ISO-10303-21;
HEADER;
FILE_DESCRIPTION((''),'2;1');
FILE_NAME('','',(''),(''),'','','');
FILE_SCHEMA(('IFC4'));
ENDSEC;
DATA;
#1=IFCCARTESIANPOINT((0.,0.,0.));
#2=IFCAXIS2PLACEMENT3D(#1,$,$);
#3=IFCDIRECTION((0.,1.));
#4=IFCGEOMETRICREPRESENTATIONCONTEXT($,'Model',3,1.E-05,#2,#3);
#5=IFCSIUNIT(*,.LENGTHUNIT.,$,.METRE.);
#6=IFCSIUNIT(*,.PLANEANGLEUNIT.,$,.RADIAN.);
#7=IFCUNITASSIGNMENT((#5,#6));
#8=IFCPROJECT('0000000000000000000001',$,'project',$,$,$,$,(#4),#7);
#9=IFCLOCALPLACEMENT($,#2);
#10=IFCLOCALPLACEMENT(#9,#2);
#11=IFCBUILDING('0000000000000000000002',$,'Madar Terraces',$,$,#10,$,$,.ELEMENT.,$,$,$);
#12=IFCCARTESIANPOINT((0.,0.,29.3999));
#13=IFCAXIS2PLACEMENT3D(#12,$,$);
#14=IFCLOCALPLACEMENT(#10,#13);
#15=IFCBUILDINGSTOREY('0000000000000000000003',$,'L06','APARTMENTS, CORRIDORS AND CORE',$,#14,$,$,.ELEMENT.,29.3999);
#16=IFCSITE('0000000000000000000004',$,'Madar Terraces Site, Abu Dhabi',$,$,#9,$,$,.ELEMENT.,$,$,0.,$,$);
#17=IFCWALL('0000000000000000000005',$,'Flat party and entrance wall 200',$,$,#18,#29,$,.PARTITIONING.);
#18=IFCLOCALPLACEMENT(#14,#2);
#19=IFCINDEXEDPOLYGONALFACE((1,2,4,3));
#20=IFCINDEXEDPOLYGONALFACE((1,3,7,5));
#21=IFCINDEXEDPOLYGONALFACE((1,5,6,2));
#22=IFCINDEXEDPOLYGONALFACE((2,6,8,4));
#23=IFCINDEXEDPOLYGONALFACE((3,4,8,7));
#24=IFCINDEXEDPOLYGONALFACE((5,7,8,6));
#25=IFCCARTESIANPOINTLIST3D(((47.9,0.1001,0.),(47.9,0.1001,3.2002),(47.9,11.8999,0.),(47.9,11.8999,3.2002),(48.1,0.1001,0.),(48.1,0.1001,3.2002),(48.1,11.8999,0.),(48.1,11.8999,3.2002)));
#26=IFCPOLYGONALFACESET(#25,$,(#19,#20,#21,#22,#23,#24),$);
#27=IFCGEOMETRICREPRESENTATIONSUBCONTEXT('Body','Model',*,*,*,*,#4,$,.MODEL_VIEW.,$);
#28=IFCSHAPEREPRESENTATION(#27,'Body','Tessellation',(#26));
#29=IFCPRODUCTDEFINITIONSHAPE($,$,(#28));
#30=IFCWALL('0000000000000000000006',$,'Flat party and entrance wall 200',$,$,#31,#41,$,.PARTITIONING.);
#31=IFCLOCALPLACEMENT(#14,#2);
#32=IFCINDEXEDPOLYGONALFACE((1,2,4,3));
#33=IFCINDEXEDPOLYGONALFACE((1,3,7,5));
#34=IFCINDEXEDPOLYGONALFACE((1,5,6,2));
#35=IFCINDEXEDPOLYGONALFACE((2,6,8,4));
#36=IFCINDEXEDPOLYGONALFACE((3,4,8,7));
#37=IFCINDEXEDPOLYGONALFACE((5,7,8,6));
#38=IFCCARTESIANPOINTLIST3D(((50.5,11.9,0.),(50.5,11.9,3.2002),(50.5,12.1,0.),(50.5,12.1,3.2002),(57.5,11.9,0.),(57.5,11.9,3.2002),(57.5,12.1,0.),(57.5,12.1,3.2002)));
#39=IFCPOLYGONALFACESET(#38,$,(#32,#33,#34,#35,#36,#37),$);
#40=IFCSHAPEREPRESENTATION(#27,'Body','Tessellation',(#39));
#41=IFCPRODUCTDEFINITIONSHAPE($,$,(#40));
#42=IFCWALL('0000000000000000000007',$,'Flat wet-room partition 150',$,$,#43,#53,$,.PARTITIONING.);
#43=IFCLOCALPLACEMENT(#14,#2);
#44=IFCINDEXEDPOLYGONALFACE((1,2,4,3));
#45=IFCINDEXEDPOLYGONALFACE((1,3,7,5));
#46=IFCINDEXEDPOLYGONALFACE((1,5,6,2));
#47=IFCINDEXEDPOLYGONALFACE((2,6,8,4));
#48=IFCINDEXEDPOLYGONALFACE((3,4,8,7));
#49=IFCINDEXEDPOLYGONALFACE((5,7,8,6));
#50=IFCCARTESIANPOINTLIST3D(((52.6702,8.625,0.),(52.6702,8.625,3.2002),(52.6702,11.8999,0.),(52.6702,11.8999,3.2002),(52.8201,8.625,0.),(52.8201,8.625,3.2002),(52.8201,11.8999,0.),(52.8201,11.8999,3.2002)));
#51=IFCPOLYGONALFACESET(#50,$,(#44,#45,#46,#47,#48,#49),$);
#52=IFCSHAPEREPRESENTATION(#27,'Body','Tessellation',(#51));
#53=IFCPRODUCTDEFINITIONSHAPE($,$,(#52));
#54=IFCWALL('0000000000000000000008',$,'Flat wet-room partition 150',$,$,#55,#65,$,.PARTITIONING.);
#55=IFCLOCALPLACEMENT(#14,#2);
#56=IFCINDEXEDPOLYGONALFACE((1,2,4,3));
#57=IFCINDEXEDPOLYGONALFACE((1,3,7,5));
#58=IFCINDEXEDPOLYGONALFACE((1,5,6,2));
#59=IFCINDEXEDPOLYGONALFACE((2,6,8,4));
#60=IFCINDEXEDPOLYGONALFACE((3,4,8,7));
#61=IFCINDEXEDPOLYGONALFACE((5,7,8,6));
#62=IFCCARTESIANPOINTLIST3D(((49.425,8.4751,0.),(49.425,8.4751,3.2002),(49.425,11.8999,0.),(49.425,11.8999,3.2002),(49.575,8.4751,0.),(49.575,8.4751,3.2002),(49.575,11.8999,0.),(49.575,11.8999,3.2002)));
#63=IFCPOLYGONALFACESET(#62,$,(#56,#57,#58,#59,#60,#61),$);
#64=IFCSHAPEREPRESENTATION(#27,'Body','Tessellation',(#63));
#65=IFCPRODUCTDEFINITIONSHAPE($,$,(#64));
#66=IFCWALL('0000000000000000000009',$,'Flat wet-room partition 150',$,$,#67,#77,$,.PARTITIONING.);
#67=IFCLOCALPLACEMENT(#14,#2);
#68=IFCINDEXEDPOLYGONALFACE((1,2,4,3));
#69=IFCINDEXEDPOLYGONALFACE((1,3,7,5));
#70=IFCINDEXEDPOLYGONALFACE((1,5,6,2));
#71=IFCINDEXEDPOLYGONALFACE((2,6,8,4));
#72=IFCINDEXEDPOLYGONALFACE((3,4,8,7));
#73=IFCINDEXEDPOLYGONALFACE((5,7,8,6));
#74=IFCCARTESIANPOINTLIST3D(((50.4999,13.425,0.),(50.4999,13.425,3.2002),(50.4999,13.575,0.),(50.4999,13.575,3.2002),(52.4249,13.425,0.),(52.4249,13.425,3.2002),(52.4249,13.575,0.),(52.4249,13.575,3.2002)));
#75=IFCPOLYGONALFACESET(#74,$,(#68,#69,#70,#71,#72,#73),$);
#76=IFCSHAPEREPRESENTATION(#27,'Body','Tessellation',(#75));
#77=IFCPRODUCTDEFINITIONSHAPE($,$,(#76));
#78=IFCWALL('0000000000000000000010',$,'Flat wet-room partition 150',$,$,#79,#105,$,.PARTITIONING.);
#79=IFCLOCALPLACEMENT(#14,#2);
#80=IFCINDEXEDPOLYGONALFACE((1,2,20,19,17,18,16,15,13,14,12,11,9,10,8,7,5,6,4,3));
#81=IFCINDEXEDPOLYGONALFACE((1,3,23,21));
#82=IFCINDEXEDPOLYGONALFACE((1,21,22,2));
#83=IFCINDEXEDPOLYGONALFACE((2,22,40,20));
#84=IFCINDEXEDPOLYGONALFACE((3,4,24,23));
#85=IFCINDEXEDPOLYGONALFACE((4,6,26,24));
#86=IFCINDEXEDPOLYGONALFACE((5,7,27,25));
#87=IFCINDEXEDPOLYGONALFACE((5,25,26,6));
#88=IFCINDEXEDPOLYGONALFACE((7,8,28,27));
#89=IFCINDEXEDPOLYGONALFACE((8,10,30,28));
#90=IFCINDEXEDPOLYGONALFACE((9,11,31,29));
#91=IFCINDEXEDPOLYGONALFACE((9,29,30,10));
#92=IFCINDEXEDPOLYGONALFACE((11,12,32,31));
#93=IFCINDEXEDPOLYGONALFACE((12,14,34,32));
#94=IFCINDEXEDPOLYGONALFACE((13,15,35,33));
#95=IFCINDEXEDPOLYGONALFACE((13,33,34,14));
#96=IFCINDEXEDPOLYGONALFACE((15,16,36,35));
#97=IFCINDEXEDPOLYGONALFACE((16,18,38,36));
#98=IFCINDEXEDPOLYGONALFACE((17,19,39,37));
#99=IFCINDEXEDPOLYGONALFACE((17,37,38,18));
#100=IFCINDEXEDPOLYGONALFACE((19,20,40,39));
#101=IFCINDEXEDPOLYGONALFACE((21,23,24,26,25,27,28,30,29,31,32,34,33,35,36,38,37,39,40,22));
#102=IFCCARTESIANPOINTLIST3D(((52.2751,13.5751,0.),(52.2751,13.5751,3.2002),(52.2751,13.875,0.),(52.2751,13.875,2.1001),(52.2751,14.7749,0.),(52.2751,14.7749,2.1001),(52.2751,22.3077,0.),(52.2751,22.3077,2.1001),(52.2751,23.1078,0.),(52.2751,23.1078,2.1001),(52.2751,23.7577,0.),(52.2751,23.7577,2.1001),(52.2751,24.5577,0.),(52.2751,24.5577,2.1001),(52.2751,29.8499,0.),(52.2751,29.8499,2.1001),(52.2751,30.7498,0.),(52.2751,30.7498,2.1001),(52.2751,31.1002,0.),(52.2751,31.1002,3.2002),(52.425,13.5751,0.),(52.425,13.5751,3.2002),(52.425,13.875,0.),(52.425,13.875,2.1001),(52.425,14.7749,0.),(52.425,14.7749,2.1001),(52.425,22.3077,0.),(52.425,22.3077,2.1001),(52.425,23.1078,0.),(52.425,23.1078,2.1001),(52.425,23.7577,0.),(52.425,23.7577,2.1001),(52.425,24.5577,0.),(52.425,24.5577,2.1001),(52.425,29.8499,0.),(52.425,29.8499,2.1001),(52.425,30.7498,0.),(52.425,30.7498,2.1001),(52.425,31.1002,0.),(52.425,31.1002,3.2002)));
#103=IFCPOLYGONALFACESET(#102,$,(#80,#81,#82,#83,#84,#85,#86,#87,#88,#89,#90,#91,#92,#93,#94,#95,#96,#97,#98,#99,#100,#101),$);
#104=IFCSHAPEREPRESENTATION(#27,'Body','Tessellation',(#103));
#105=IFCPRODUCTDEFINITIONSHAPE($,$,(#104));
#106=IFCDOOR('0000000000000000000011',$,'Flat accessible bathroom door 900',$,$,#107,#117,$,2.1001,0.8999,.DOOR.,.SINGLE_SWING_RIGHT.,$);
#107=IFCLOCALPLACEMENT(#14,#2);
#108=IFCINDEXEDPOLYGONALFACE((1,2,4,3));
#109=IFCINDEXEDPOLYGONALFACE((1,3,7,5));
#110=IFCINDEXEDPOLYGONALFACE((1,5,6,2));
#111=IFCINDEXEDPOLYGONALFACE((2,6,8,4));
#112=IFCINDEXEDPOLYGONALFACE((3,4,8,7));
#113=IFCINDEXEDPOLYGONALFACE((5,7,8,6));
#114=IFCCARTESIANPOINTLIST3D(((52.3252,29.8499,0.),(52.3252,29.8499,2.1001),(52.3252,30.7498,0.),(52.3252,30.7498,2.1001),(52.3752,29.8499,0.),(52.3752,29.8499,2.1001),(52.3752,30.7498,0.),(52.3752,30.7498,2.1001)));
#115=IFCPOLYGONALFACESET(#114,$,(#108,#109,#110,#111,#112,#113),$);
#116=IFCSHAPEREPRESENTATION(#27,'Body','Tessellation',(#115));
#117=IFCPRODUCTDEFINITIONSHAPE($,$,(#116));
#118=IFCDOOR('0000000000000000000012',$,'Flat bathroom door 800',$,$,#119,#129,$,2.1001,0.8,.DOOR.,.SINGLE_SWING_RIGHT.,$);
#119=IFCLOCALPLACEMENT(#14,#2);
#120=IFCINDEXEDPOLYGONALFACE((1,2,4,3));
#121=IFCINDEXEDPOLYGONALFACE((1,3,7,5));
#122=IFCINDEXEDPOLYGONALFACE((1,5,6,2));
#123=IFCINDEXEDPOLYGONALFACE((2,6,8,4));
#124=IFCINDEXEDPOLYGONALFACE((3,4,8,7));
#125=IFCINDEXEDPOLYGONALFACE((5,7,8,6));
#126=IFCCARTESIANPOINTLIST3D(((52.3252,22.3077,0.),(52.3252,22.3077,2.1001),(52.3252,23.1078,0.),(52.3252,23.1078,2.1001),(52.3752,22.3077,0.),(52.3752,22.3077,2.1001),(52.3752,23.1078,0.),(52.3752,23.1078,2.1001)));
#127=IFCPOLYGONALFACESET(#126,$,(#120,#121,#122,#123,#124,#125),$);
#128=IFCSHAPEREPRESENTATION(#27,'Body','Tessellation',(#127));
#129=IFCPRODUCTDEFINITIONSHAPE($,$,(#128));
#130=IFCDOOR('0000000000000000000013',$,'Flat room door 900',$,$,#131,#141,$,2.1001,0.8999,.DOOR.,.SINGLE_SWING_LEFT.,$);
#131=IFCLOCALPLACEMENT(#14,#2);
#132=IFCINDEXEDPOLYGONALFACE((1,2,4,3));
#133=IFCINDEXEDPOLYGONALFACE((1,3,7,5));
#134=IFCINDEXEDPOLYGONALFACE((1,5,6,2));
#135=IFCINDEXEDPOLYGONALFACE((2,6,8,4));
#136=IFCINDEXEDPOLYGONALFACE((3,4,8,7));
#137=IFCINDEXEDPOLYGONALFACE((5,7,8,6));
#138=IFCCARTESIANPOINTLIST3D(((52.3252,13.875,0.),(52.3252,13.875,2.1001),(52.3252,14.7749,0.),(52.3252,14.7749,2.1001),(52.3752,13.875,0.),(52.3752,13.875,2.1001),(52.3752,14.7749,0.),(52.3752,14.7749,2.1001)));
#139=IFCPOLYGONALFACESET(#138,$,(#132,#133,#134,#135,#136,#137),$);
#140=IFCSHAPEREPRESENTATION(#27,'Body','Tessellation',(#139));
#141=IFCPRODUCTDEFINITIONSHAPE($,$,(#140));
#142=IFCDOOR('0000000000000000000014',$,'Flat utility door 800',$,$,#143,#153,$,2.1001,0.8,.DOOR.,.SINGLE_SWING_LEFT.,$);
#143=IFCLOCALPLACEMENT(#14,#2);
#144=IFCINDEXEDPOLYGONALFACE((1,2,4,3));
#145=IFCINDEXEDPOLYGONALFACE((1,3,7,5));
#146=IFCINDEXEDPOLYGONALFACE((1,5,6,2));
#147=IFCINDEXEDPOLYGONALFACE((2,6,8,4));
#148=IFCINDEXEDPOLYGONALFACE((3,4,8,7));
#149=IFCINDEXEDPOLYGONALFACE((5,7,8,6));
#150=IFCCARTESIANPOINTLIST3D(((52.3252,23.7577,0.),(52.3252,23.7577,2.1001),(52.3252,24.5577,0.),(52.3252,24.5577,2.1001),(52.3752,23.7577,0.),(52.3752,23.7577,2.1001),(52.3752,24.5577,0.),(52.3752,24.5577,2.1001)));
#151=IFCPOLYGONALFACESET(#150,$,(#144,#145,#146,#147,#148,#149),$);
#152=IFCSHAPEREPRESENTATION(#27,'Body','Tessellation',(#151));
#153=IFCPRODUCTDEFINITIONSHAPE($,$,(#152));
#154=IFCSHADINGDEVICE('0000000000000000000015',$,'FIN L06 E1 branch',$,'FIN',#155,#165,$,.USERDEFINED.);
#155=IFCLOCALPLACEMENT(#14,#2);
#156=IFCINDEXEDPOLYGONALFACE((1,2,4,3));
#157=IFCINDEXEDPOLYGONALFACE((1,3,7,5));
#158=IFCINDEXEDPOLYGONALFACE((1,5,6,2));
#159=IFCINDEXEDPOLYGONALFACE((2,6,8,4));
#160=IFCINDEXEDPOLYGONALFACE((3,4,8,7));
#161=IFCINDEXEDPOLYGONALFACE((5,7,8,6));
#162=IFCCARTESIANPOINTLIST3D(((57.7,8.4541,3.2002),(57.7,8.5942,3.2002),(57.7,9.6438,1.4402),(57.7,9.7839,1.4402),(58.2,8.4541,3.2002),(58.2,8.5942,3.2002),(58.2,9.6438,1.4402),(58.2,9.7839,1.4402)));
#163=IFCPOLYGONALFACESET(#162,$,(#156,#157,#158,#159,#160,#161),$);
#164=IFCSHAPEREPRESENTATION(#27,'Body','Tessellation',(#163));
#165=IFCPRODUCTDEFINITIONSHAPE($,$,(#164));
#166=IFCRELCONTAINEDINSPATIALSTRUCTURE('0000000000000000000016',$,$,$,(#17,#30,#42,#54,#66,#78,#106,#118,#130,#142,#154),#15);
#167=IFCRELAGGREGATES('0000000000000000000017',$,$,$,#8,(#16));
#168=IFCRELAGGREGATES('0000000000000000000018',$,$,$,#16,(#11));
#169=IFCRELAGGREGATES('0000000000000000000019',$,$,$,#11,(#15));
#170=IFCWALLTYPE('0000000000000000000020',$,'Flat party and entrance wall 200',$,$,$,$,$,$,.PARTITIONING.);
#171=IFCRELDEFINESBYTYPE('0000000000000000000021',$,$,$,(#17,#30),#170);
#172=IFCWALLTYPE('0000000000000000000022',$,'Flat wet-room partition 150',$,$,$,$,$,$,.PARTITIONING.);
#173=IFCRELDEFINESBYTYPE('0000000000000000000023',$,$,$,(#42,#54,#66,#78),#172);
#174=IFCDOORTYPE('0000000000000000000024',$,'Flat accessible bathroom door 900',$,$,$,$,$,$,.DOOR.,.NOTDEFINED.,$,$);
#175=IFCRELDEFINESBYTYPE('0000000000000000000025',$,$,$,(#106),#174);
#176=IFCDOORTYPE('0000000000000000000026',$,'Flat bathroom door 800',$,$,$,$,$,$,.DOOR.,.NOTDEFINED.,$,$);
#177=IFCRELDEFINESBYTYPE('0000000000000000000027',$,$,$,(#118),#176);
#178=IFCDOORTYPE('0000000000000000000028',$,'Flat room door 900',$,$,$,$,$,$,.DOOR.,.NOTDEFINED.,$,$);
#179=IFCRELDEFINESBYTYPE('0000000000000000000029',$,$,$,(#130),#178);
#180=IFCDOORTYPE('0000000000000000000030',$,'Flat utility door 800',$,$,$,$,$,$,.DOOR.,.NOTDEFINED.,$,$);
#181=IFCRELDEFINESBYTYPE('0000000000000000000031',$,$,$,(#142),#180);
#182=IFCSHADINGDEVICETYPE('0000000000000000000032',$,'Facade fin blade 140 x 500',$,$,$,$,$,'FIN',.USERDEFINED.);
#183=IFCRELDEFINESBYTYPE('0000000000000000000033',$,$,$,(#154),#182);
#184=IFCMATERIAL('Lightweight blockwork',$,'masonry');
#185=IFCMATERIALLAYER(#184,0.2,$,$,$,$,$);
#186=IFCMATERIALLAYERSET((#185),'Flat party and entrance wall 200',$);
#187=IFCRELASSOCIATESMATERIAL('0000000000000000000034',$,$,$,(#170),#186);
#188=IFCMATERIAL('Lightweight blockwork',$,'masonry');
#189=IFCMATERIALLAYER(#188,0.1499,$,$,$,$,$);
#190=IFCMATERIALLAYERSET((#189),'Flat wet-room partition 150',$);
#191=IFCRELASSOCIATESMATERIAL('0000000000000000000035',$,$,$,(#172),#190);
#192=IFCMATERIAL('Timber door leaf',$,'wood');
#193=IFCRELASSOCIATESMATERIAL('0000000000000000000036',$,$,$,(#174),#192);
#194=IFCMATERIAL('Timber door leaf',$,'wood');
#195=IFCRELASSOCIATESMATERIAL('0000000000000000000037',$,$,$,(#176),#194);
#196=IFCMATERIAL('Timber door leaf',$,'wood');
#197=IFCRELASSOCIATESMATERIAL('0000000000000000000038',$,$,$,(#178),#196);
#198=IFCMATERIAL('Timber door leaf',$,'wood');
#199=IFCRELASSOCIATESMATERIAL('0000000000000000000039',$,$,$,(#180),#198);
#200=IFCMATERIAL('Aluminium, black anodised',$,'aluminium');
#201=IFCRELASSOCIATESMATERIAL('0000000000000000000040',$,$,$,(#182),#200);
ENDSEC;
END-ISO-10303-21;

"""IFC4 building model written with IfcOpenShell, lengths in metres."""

from ifc_helpers import new_model, si_unit, direction, frame, frame_2d, origin, place, context, subcontext, project, spatial, polyline, rectangle, outline, extrude, material, layer, layer_set, type_object, element, fill, save


model = new_model("IFC4")

# Units and contexts
model_context = context("Model", 3, precision=1e-05, world=origin(), true_north=direction((0.0, 1.0)))
body_context = subcontext(model_context, "Body", "Model", "MODEL_VIEW")
ifc_project = project(units=[si_unit("LENGTHUNIT", "METRE"), si_unit("PLANEANGLEUNIT", "RADIAN")], contexts=[model_context])

# Site, building, storey
site_placement = place(None, origin())
site = spatial("IfcSite", under=ifc_project, at=site_placement, Name="Madar Terraces Site, Abu Dhabi", CompositionType="ELEMENT", RefElevation=0.0)
building_placement = place(site_placement, origin())
building = spatial("IfcBuilding", under=site, at=building_placement, Name="Madar Terraces", CompositionType="ELEMENT")
storey_placement = place(building_placement, frame((0.0, 0.0, 29.3999)))
storey = spatial("IfcBuildingStorey", under=building, at=storey_placement, Name="L06", Description="APARTMENTS, CORRIDORS AND CORE", CompositionType="ELEMENT", Elevation=29.3999)

# Shared definitions
ifc_material_1 = material(Name="Lightweight blockwork", Category="masonry")
ifc_layer_1 = layer(ifc_material_1, 0.2)
ifc_layer_set_1 = layer_set([ifc_layer_1], Name="Flat party and entrance wall 200")
wall_type_1 = type_object("IfcWallType", Name="Flat party and entrance wall 200", PredefinedType="PARTITIONING", material=ifc_layer_set_1)

# Walls
wall_1_placement = place(storey_placement, frame((48.0, 11.8999, 0.0), z_axis=(0.0, 0.0, 1.0), x_axis=(0.0, -1.0, 0.0)))
element("IfcWall", 1, at=wall_1_placement, inside=storey, type_object=wall_type_1, Name="Flat party and entrance wall 200", PredefinedType="PARTITIONING", context=body_context, shape_type="SweptSolid", body=[
    extrude(rectangle(XDim=11.7998, YDim=0.2, at=frame_2d((5.8999, 0.0))), origin(), (0.0, 0.0, 1.0), 3.2002),
])
wall_2_placement = place(storey_placement, frame((50.5, 12.0, 0.0), z_axis=(0.0, 0.0, 1.0), x_axis=(1.0, 0.0, 0.0)))
element("IfcWall", 2, at=wall_2_placement, inside=storey, type_object=wall_type_1, Name="Flat party and entrance wall 200", PredefinedType="PARTITIONING", context=body_context, shape_type="SweptSolid", body=[
    extrude(rectangle(XDim=7.0, YDim=0.2, at=frame_2d((3.5, 0.0))), origin(), (0.0, 0.0, 1.0), 3.2002),
])
ifc_material_2 = material(Name="Lightweight blockwork", Category="masonry")
ifc_layer_2 = layer(ifc_material_2, 0.1499)
ifc_layer_set_2 = layer_set([ifc_layer_2], Name="Flat wet-room partition 150")
wall_type_2 = type_object("IfcWallType", Name="Flat wet-room partition 150", PredefinedType="PARTITIONING", material=ifc_layer_set_2)
wall_3_placement = place(storey_placement, frame((52.7451, 11.8999, 0.0), z_axis=(0.0, 0.0, 1.0), x_axis=(0.0, -1.0, 0.0)))
element("IfcWall", 3, at=wall_3_placement, inside=storey, type_object=wall_type_2, Name="Flat wet-room partition 150", PredefinedType="PARTITIONING", context=body_context, shape_type="SweptSolid", body=[
    extrude(rectangle(XDim=3.2749, YDim=0.1499, at=frame_2d((1.6375, 0.0))), origin(), (0.0, 0.0, 1.0), 3.2002),
])
wall_4_placement = place(storey_placement, frame((49.5, 11.8999, 0.0), z_axis=(0.0, 0.0, 1.0), x_axis=(0.0, -1.0, 0.0)))
element("IfcWall", 4, at=wall_4_placement, inside=storey, type_object=wall_type_2, Name="Flat wet-room partition 150", PredefinedType="PARTITIONING", context=body_context, shape_type="SweptSolid", body=[
    extrude(rectangle(XDim=3.4248, YDim=0.1499, at=frame_2d((1.7124, 0.0))), origin(), (0.0, 0.0, 1.0), 3.2002),
])
wall_5_placement = place(storey_placement, frame((50.5, 13.5, 0.0), z_axis=(0.0, 0.0, 1.0), x_axis=(1.0, 0.0, 0.0)))
element("IfcWall", 5, at=wall_5_placement, inside=storey, type_object=wall_type_2, Name="Flat wet-room partition 150", PredefinedType="PARTITIONING", context=body_context, shape_type="SweptSolid", body=[
    extrude(rectangle(XDim=1.925, YDim=0.1499, at=frame_2d((0.9624, 0.0))), origin(), (0.0, 0.0, 1.0), 3.2002),
])

# Wall, openings, doors
wall_6_placement = place(storey_placement, frame((52.3501, 13.575, 0.0), z_axis=(0.0, 0.0, 1.0), x_axis=(0.0, 1.0, 0.0)))
wall_6 = element("IfcWall", 6, at=wall_6_placement, inside=storey, type_object=wall_type_2, Name="Flat wet-room partition 150", PredefinedType="PARTITIONING", context=body_context, shape_type="SweptSolid", body=[
    extrude(rectangle(XDim=17.5251, YDim=0.1499, at=frame_2d((8.7627, 0.0))), origin(), (0.0, 0.0, 1.0), 3.2002),
])
opening_1_placement = place(wall_6_placement, frame((0.3, 0.0, 0.0)))
opening_1 = element("IfcOpeningElement", 7, at=opening_1_placement, cuts=wall_6, PredefinedType="OPENING", context=body_context, shape_type="SweptSolid", body=[
    extrude(rectangle(XDim=0.8999, YDim=2.1001, at=frame_2d((0.45, 1.05))), frame((0.0, 0.085, 0.0), z_axis=(0.0, -1.0, 0.0), x_axis=(1.0, 0.0, 0.0)), (0.0, 0.0, 1.0), 0.1699),
])
opening_2_placement = place(wall_6_placement, frame((8.7329, 0.0, 0.0)))
opening_2 = element("IfcOpeningElement", 8, at=opening_2_placement, cuts=wall_6, PredefinedType="OPENING", context=body_context, shape_type="SweptSolid", body=[
    extrude(rectangle(XDim=0.8, YDim=2.1001, at=frame_2d((0.3999, 1.05))), frame((0.0, 0.085, 0.0), z_axis=(0.0, -1.0, 0.0), x_axis=(1.0, 0.0, 0.0)), (0.0, 0.0, 1.0), 0.1699),
])
opening_3_placement = place(wall_6_placement, frame((10.1829, 0.0, 0.0)))
opening_3 = element("IfcOpeningElement", 9, at=opening_3_placement, cuts=wall_6, PredefinedType="OPENING", context=body_context, shape_type="SweptSolid", body=[
    extrude(rectangle(XDim=0.8, YDim=2.1001, at=frame_2d((0.3999, 1.05))), frame((0.0, 0.085, 0.0), z_axis=(0.0, -1.0, 0.0), x_axis=(1.0, 0.0, 0.0)), (0.0, 0.0, 1.0), 0.1699),
])
opening_4_placement = place(wall_6_placement, frame((16.2749, 0.0, 0.0)))
opening_4 = element("IfcOpeningElement", 10, at=opening_4_placement, cuts=wall_6, PredefinedType="OPENING", context=body_context, shape_type="SweptSolid", body=[
    extrude(rectangle(XDim=0.8999, YDim=2.1001, at=frame_2d((0.45, 1.05))), frame((0.0, 0.085, 0.0), z_axis=(0.0, -1.0, 0.0), x_axis=(1.0, 0.0, 0.0)), (0.0, 0.0, 1.0), 0.1699),
])
ifc_material_3 = material(Name="Timber door leaf", Category="wood")
door_type_1 = type_object("IfcDoorType", Name="Flat accessible bathroom door 900", OperationType="NOTDEFINED", PredefinedType="DOOR", material=ifc_material_3)
door_1_placement = place(opening_4_placement, origin())
door_1 = element("IfcDoor", 11, at=door_1_placement, inside=storey, type_object=door_type_1, Name="Flat accessible bathroom door 900", OperationType="SINGLE_SWING_RIGHT", OverallHeight=2.1001, OverallWidth=0.8999, PredefinedType="DOOR", context=body_context, shape_type="SweptSolid", body=[
    extrude(rectangle(XDim=0.8999, YDim=2.1001, at=frame_2d((0.45, 1.05))), frame((0.0, 0.0249, 0.0), z_axis=(0.0, -1.0, 0.0), x_axis=(1.0, 0.0, 0.0)), (0.0, 0.0, 1.0), 0.05),
])
fill(opening_4, door_1)
ifc_material_4 = material(Name="Timber door leaf", Category="wood")
door_type_2 = type_object("IfcDoorType", Name="Flat bathroom door 800", OperationType="NOTDEFINED", PredefinedType="DOOR", material=ifc_material_4)
door_2_placement = place(opening_2_placement, origin())
door_2 = element("IfcDoor", 12, at=door_2_placement, inside=storey, type_object=door_type_2, Name="Flat bathroom door 800", OperationType="SINGLE_SWING_RIGHT", OverallHeight=2.1001, OverallWidth=0.8, PredefinedType="DOOR", context=body_context, shape_type="SweptSolid", body=[
    extrude(rectangle(XDim=0.8, YDim=2.1001, at=frame_2d((0.3999, 1.05))), frame((0.0, 0.0249, 0.0), z_axis=(0.0, -1.0, 0.0), x_axis=(1.0, 0.0, 0.0)), (0.0, 0.0, 1.0), 0.05),
])
fill(opening_2, door_2)
ifc_material_5 = material(Name="Timber door leaf", Category="wood")
door_type_3 = type_object("IfcDoorType", Name="Flat room door 900", OperationType="NOTDEFINED", PredefinedType="DOOR", material=ifc_material_5)
door_3_placement = place(opening_1_placement, origin())
door_3 = element("IfcDoor", 13, at=door_3_placement, inside=storey, type_object=door_type_3, Name="Flat room door 900", OperationType="SINGLE_SWING_LEFT", OverallHeight=2.1001, OverallWidth=0.8999, PredefinedType="DOOR", context=body_context, shape_type="SweptSolid", body=[
    extrude(rectangle(XDim=0.8999, YDim=2.1001, at=frame_2d((0.45, 1.05))), frame((0.0, 0.0249, 0.0), z_axis=(0.0, -1.0, 0.0), x_axis=(1.0, 0.0, 0.0)), (0.0, 0.0, 1.0), 0.05),
])
fill(opening_1, door_3)
ifc_material_6 = material(Name="Timber door leaf", Category="wood")
door_type_4 = type_object("IfcDoorType", Name="Flat utility door 800", OperationType="NOTDEFINED", PredefinedType="DOOR", material=ifc_material_6)
door_4_placement = place(opening_3_placement, origin())
door_4 = element("IfcDoor", 14, at=door_4_placement, inside=storey, type_object=door_type_4, Name="Flat utility door 800", OperationType="SINGLE_SWING_LEFT", OverallHeight=2.1001, OverallWidth=0.8, PredefinedType="DOOR", context=body_context, shape_type="SweptSolid", body=[
    extrude(rectangle(XDim=0.8, YDim=2.1001, at=frame_2d((0.3999, 1.05))), frame((0.0, 0.0249, 0.0), z_axis=(0.0, -1.0, 0.0), x_axis=(1.0, 0.0, 0.0)), (0.0, 0.0, 1.0), 0.05),
])
fill(opening_3, door_4)

# Shading device
ifc_material_7 = material(Name="Aluminium, black anodised", Category="aluminium")
shading_device_type = type_object("IfcShadingDeviceType", Name="Facade fin blade 140 x 500", ElementType="FIN", PredefinedType="USERDEFINED", material=ifc_material_7)
shading_device_placement = place(storey_placement, frame((57.95, 9.6438, 1.4402), z_axis=(0.0, 0.0, 1.0), x_axis=(0.0, 1.0, 0.0)))
element("IfcShadingDevice", 15, at=shading_device_placement, inside=storey, type_object=shading_device_type, Name="FIN L06 E1 branch", ObjectType="FIN", PredefinedType="USERDEFINED", context=body_context, shape_type="SweptSolid", body=[
    extrude(outline(polyline([(0.0, 0.0), (0.1401, 0.0), (-1.0496, 1.76), (-1.1897, 1.76), (0.0, 0.0)])), frame((0.0, 0.25, 0.0), z_axis=(0.0, -1.0, 0.0), x_axis=(1.0, 0.0, 0.0)), (0.0, 0.0, 1.0), 0.5),
])

save(model, "model.ifc")
